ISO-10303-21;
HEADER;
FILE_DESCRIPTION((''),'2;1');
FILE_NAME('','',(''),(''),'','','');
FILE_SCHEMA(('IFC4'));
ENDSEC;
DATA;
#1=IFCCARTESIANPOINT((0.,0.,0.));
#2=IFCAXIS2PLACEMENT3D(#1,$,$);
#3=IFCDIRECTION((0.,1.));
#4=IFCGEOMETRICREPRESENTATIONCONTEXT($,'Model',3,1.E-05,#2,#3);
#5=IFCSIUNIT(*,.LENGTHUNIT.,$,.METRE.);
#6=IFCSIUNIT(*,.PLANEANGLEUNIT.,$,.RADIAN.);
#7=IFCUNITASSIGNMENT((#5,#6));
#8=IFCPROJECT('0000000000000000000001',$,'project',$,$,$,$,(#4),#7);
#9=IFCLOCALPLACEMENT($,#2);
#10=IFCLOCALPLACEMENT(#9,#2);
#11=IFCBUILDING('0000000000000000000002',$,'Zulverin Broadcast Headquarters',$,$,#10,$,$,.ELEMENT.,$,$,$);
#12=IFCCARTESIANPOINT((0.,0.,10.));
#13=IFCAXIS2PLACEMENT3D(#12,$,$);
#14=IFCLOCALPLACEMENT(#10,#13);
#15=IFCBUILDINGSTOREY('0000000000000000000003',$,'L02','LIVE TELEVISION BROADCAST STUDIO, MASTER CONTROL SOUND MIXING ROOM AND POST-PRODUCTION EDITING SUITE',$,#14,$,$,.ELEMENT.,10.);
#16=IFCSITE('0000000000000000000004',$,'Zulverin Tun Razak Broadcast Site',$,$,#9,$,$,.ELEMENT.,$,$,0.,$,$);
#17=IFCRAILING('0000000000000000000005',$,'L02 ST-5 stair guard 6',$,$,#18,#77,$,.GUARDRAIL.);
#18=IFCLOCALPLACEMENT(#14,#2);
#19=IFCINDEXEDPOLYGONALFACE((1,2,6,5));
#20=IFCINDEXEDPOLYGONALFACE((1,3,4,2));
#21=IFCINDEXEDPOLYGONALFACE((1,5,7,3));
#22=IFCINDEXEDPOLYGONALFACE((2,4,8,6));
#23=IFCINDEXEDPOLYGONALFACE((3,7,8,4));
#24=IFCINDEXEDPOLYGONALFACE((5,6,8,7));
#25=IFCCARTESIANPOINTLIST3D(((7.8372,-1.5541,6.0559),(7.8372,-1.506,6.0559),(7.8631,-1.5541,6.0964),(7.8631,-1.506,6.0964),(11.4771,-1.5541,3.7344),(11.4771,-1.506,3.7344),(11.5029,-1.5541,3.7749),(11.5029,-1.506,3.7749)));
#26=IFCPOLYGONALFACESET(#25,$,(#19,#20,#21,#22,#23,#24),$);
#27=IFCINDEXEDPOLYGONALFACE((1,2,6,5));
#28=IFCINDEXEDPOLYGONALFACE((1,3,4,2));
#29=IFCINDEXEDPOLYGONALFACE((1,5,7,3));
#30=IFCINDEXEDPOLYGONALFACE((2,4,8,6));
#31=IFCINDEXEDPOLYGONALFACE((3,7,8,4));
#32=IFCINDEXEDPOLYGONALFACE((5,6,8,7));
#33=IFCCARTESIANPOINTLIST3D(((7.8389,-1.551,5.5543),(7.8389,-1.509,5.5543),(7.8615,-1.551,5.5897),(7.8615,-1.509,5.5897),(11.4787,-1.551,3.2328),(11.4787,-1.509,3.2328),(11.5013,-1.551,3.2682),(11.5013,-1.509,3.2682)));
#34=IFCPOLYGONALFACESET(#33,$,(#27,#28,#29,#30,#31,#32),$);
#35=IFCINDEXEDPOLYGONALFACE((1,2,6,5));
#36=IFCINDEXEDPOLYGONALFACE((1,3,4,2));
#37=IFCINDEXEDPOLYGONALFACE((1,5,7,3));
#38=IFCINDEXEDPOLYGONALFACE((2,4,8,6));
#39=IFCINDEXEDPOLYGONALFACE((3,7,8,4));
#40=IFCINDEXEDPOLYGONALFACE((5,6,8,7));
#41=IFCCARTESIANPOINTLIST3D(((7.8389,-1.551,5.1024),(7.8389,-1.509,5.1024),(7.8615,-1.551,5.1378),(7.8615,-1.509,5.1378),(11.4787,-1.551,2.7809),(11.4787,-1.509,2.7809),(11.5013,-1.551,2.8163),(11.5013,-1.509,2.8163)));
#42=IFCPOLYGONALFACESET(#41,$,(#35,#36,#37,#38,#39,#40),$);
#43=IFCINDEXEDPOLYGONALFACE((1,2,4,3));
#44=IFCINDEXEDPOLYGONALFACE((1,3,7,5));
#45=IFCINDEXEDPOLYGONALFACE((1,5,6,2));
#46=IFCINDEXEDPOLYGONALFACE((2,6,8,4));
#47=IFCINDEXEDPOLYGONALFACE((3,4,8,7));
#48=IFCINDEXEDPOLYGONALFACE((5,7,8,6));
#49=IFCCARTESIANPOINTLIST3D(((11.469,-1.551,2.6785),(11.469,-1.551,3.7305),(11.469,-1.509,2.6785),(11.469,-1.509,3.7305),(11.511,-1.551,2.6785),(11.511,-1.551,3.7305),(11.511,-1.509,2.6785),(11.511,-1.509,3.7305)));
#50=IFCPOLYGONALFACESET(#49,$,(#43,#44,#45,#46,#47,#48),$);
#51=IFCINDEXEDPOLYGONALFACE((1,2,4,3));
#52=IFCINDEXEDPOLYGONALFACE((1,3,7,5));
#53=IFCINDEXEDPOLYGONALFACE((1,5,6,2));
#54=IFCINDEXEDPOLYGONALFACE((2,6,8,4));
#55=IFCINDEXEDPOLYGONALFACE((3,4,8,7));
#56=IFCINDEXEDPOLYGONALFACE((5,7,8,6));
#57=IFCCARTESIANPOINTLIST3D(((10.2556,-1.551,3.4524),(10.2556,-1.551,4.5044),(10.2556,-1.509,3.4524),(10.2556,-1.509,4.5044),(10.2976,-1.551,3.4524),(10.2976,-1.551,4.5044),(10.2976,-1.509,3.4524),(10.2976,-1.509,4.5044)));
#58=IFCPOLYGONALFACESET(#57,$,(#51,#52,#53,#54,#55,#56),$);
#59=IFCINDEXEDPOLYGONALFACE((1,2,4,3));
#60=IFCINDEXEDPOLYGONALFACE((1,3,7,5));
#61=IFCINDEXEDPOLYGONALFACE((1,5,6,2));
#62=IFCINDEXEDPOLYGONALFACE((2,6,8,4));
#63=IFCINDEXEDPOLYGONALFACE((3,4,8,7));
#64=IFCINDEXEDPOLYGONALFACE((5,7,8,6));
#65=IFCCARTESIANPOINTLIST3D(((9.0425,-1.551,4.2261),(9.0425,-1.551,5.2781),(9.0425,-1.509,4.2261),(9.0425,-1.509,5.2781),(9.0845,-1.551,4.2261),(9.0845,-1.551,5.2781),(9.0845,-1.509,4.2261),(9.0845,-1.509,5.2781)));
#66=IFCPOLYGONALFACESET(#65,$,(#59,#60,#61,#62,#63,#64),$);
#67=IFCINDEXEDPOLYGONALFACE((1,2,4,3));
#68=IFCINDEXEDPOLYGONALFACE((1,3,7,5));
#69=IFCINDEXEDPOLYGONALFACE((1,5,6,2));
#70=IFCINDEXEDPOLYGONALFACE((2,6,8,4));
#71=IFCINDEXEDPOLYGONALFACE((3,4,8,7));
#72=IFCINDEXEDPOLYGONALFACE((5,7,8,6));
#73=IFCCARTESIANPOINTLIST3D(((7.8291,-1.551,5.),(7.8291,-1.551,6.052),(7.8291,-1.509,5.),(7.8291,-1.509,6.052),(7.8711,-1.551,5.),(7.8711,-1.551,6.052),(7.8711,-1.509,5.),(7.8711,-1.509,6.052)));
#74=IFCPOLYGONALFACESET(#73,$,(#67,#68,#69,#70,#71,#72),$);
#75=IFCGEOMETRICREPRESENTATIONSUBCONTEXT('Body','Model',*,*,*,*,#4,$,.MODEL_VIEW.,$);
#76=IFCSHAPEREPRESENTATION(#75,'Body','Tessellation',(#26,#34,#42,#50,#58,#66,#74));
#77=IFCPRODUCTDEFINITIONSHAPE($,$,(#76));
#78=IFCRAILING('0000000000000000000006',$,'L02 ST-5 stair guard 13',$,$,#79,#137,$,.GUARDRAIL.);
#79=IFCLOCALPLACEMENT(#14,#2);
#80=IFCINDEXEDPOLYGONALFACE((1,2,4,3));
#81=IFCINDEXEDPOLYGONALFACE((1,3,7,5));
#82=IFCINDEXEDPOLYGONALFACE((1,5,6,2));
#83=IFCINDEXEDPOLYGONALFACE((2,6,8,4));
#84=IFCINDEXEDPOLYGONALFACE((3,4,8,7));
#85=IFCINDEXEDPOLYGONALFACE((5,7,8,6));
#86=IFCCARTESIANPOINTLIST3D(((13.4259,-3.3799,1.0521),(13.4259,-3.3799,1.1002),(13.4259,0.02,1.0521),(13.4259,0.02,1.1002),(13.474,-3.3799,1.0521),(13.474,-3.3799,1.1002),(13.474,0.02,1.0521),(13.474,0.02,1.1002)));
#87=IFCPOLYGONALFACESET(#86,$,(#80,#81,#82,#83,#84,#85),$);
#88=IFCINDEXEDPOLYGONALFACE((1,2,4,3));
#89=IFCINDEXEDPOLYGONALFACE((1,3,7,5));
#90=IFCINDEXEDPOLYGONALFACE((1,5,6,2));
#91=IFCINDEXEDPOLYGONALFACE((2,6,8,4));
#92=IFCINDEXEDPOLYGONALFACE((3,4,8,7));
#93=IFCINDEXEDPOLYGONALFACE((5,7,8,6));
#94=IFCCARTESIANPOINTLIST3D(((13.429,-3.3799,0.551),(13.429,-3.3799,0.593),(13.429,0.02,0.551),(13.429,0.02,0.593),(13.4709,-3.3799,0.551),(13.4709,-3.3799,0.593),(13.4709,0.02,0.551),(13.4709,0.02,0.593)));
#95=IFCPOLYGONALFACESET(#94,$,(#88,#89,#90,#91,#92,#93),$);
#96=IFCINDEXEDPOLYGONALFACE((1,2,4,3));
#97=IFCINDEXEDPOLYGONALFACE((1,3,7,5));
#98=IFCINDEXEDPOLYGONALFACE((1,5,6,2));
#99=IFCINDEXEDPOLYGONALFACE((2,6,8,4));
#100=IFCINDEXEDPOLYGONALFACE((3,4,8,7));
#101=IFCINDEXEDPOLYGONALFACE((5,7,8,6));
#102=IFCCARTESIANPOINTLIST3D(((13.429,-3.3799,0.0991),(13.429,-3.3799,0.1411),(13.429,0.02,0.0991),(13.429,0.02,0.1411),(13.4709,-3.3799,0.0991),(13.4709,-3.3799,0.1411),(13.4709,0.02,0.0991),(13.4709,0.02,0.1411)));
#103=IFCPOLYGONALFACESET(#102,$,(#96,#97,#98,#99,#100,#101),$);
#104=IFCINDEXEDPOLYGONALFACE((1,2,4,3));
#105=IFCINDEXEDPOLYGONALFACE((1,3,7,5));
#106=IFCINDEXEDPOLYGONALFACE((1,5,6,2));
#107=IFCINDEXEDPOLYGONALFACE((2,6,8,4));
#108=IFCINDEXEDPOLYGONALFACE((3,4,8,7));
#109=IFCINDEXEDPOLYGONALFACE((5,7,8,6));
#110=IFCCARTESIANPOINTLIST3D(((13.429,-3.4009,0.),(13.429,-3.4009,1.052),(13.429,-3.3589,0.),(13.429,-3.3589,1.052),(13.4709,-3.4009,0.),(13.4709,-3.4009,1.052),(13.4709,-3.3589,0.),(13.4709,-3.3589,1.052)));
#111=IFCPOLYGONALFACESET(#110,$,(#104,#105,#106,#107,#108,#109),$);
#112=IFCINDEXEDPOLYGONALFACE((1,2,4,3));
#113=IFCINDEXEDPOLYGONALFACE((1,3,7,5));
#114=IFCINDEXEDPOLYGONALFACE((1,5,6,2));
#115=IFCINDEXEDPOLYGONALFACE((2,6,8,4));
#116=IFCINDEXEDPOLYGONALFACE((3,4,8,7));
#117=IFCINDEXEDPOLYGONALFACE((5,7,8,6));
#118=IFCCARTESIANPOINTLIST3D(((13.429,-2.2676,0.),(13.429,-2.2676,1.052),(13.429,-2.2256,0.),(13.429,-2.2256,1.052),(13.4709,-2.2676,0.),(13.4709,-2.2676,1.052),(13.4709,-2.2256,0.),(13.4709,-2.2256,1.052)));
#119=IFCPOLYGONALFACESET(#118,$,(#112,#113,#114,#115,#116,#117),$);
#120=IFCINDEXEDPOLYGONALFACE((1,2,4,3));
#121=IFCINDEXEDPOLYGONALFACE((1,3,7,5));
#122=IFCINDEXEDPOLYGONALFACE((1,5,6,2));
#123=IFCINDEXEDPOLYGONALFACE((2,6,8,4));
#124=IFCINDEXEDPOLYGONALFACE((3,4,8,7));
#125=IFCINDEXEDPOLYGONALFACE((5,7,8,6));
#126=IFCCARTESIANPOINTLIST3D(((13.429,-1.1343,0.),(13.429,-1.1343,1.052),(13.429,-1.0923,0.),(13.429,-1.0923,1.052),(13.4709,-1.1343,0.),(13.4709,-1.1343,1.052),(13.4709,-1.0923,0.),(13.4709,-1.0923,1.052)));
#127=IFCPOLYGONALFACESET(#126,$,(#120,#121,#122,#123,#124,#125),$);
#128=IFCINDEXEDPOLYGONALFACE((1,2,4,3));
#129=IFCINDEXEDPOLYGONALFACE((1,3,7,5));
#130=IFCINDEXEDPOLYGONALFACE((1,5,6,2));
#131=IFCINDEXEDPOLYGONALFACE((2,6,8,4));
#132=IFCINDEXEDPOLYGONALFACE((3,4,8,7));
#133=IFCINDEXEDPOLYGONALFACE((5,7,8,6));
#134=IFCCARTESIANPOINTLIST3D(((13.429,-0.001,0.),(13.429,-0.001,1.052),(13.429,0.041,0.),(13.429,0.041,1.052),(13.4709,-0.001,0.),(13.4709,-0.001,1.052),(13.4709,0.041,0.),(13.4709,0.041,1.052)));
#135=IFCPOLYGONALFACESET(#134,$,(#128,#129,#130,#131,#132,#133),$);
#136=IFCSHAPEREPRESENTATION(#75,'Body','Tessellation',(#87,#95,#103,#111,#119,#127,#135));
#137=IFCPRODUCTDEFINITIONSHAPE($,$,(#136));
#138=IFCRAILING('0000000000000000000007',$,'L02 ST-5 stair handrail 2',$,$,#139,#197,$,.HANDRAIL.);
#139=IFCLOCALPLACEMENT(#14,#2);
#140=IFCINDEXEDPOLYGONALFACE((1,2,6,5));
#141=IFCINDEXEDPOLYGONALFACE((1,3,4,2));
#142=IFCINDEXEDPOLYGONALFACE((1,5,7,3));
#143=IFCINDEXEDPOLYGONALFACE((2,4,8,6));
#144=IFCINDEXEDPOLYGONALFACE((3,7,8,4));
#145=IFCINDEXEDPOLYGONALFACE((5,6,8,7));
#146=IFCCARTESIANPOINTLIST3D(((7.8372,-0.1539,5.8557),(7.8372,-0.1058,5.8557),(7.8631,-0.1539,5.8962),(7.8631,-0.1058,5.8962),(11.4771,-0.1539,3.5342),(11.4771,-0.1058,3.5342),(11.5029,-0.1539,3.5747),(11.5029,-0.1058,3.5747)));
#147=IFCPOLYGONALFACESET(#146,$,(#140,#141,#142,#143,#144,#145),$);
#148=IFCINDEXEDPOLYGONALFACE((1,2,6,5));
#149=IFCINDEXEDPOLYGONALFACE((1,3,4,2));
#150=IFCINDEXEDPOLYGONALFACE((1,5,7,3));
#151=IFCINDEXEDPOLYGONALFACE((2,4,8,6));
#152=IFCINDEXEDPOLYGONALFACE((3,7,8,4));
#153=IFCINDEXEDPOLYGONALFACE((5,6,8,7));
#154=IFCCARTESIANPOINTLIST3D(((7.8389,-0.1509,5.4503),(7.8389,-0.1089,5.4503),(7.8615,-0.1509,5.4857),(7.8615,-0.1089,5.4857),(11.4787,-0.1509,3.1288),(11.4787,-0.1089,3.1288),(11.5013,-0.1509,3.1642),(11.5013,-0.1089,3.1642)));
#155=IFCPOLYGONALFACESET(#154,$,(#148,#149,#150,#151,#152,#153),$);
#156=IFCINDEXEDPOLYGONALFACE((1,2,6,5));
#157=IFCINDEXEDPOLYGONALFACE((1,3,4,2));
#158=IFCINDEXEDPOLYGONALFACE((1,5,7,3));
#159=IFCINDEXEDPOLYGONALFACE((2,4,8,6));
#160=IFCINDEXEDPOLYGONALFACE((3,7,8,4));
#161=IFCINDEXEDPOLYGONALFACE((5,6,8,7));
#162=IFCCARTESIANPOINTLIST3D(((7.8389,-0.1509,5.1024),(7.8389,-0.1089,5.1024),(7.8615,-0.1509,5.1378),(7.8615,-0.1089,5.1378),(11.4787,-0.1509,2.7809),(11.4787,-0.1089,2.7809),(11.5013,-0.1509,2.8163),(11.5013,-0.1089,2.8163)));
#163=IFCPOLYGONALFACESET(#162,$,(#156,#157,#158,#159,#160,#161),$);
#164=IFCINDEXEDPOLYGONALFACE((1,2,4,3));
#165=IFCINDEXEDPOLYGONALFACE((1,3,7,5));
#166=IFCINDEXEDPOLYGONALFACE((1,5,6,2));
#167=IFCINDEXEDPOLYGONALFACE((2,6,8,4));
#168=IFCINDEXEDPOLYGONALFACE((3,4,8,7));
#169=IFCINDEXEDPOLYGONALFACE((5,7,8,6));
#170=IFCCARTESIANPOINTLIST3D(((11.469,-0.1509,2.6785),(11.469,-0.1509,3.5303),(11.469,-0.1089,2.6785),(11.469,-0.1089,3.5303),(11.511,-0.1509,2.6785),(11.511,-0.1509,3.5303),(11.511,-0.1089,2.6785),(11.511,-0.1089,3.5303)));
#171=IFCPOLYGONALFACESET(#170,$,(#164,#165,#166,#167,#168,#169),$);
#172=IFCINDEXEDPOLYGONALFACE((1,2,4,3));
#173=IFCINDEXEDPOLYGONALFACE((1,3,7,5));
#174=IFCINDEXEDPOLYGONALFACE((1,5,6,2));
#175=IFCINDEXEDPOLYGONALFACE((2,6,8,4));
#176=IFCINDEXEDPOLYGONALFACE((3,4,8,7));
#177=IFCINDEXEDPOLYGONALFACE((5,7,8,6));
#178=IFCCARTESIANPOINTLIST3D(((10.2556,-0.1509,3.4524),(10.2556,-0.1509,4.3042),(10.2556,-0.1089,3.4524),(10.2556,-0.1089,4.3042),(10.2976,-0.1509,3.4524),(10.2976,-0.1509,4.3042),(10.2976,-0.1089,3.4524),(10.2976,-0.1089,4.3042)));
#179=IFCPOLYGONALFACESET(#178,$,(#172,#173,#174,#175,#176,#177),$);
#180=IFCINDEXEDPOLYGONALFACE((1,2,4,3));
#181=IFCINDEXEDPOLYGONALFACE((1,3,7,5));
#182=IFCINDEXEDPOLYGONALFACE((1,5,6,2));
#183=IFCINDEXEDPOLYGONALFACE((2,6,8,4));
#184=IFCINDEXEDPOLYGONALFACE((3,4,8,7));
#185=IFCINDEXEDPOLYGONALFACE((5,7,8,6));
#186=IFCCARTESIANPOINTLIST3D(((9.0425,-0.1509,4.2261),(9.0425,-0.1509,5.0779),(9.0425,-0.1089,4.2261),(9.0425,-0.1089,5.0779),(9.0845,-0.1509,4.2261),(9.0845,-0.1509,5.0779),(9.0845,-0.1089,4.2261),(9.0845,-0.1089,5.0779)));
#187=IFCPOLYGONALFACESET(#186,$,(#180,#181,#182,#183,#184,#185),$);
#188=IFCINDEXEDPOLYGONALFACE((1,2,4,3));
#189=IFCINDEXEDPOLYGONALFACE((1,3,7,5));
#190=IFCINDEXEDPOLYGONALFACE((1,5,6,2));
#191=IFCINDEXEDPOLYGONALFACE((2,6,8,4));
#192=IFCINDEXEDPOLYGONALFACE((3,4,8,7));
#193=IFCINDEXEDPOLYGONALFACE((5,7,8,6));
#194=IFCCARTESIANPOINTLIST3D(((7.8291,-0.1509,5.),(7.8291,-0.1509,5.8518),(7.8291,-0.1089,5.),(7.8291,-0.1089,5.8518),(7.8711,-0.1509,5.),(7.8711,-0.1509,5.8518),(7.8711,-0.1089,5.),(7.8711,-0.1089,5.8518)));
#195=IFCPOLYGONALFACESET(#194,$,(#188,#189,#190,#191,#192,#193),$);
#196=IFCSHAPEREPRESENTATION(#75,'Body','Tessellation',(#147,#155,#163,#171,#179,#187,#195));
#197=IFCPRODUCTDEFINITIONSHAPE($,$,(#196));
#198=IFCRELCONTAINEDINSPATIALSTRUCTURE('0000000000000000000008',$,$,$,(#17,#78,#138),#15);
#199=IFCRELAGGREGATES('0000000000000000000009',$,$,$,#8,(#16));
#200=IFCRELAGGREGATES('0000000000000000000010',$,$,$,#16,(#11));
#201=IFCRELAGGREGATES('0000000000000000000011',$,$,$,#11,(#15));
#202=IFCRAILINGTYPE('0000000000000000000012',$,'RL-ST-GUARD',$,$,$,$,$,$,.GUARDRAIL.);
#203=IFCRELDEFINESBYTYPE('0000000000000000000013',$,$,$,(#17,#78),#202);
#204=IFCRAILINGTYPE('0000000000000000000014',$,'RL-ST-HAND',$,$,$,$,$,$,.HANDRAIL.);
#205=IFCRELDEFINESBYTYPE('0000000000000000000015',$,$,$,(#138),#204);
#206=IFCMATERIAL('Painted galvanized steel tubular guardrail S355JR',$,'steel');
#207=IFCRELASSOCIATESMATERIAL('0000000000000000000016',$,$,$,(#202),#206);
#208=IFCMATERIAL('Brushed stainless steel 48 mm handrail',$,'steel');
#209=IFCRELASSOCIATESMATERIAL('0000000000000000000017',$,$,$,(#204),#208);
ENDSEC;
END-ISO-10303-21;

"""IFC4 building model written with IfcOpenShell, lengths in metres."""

from ifc_helpers import new_model, si_unit, direction, frame, origin, origin_2d, place, context, subcontext, project, spatial, rectangle, extrude, material, type_object, element, save


model = new_model("IFC4")

# Units and contexts
model_context = context("Model", 3, precision=1e-05, world=origin(), true_north=direction((0.0, 1.0)))
body_context = subcontext(model_context, "Body", "Model", "MODEL_VIEW")
ifc_project = project(units=[si_unit("LENGTHUNIT", "METRE"), si_unit("PLANEANGLEUNIT", "RADIAN")], contexts=[model_context])

# Site, building, storey
site_placement = place(None, origin())
site = spatial("IfcSite", under=ifc_project, at=site_placement, Name="Zulverin Tun Razak Broadcast Site", CompositionType="ELEMENT", RefElevation=0.0)
building_placement = place(site_placement, origin())
building = spatial("IfcBuilding", under=site, at=building_placement, Name="Zulverin Broadcast Headquarters", CompositionType="ELEMENT")
storey_placement = place(building_placement, frame((0.0, 0.0, 10.0)))
storey = spatial("IfcBuildingStorey", under=building, at=storey_placement, Name="L02", Description="LIVE TELEVISION BROADCAST STUDIO, MASTER CONTROL SOUND MIXING ROOM AND POST-PRODUCTION EDITING SUITE", CompositionType="ELEMENT", Elevation=10.0)

# Railings
ifc_material_1 = material(Name="Painted galvanized steel tubular guardrail S355JR", Category="steel")
railing_type_1 = type_object("IfcRailingType", Name="RL-ST-GUARD", PredefinedType="GUARDRAIL", material=ifc_material_1)
railing_1_placement = place(storey_placement, frame((11.49, -1.53, 2.6785)))
element("IfcRailing", 1, at=railing_1_placement, inside=storey, type_object=railing_type_1, Name="L02 ST-5 stair guard 6", PredefinedType="GUARDRAIL", context=body_context, shape_type="SweptSolid", body=[
    extrude(rectangle(XDim=0.0481, YDim=0.0481, at=origin_2d()), frame((0.0, 0.0, 1.0762), z_axis=(-0.843112, 0.0, 0.537739), x_axis=(0.0, -1.0, 0.0)), (0.0, 0.0, 1.0), 4.3171),
    extrude(rectangle(XDim=0.042, YDim=0.042, at=origin_2d()), frame((0.0, 0.0, 0.572), z_axis=(-0.843112, 0.0, 0.537739), x_axis=(0.0, -1.0, 0.0)), (0.0, 0.0, 1.0), 4.3171),
    extrude(rectangle(XDim=0.042, YDim=0.042, at=origin_2d()), frame((0.0, 0.0, 0.1201), z_axis=(-0.843112, 0.0, 0.537739), x_axis=(0.0, -1.0, 0.0)), (0.0, 0.0, 1.0), 4.3171),
    extrude(rectangle(XDim=0.042, YDim=0.042, at=origin_2d()), origin(), (0.0, 0.0, 1.0), 1.052),
    extrude(rectangle(XDim=0.042, YDim=0.042, at=origin_2d()), frame((-1.2134, 0.0, 0.7739)), (0.0, 0.0, 1.0), 1.052),
    extrude(rectangle(XDim=0.042, YDim=0.042, at=origin_2d()), frame((-2.4265, 0.0, 1.5476)), (0.0, 0.0, 1.0), 1.052),
    extrude(rectangle(XDim=0.042, YDim=0.042, at=origin_2d()), frame((-3.6399, 0.0, 2.3215)), (0.0, 0.0, 1.0), 1.052),
])
railing_2_placement = place(storey_placement, frame((13.45, -3.3799, 0.0)))
element("IfcRailing", 2, at=railing_2_placement, inside=storey, type_object=railing_type_1, Name="L02 ST-5 stair guard 13", PredefinedType="GUARDRAIL", context=body_context, shape_type="SweptSolid", body=[
    extrude(rectangle(XDim=0.0481, YDim=0.0481, at=origin_2d()), frame((0.0, 0.0, 1.0762), z_axis=(0.0, 1.0, 0.0), x_axis=(-1.0, 0.0, 0.0)), (0.0, 0.0, 1.0), 3.3999),
    extrude(rectangle(XDim=0.042, YDim=0.042, at=origin_2d()), frame((0.0, 0.0, 0.572), z_axis=(0.0, 1.0, 0.0), x_axis=(-1.0, 0.0, 0.0)), (0.0, 0.0, 1.0), 3.3999),
    extrude(rectangle(XDim=0.042, YDim=0.042, at=origin_2d()), frame((0.0, 0.0, 0.1201), z_axis=(0.0, 1.0, 0.0), x_axis=(-1.0, 0.0, 0.0)), (0.0, 0.0, 1.0), 3.3999),
    extrude(rectangle(XDim=0.042, YDim=0.042, at=origin_2d()), origin(), (0.0, 0.0, 1.0), 1.052),
    extrude(rectangle(XDim=0.042, YDim=0.042, at=origin_2d()), frame((0.0, 1.1333, 0.0)), (0.0, 0.0, 1.0), 1.052),
    extrude(rectangle(XDim=0.042, YDim=0.042, at=origin_2d()), frame((0.0, 2.2666, 0.0)), (0.0, 0.0, 1.0), 1.052),
    extrude(rectangle(XDim=0.042, YDim=0.042, at=origin_2d()), frame((0.0, 3.3999, 0.0)), (0.0, 0.0, 1.0), 1.052),
])
ifc_material_2 = material(Name="Brushed stainless steel 48 mm handrail", Category="steel")
railing_type_2 = type_object("IfcRailingType", Name="RL-ST-HAND", PredefinedType="HANDRAIL", material=ifc_material_2)
railing_3_placement = place(storey_placement, frame((11.49, -0.1299, 2.6785)))
element("IfcRailing", 3, at=railing_3_placement, inside=storey, type_object=railing_type_2, Name="L02 ST-5 stair handrail 2", PredefinedType="HANDRAIL", context=body_context, shape_type="SweptSolid", body=[
    extrude(rectangle(XDim=0.0481, YDim=0.0481, at=origin_2d()), frame((0.0, 0.0, 0.876), z_axis=(-0.843112, 0.0, 0.537739), x_axis=(0.0, -1.0, 0.0)), (0.0, 0.0, 1.0), 4.3171),
    extrude(rectangle(XDim=0.042, YDim=0.042, at=origin_2d()), frame((0.0, 0.0, 0.468), z_axis=(-0.843112, 0.0, 0.537739), x_axis=(0.0, -1.0, 0.0)), (0.0, 0.0, 1.0), 4.3171),
    extrude(rectangle(XDim=0.042, YDim=0.042, at=origin_2d()), frame((0.0, 0.0, 0.1201), z_axis=(-0.843112, 0.0, 0.537739), x_axis=(0.0, -1.0, 0.0)), (0.0, 0.0, 1.0), 4.3171),
    extrude(rectangle(XDim=0.042, YDim=0.042, at=origin_2d()), origin(), (0.0, 0.0, 1.0), 0.8518),
    extrude(rectangle(XDim=0.042, YDim=0.042, at=origin_2d()), frame((-1.2134, 0.0, 0.7739)), (0.0, 0.0, 1.0), 0.8518),
    extrude(rectangle(XDim=0.042, YDim=0.042, at=origin_2d()), frame((-2.4265, 0.0, 1.5476)), (0.0, 0.0, 1.0), 0.8518),
    extrude(rectangle(XDim=0.042, YDim=0.042, at=origin_2d()), frame((-3.6399, 0.0, 2.3215)), (0.0, 0.0, 1.0), 0.8518),
])

save(model, "model.ifc")
